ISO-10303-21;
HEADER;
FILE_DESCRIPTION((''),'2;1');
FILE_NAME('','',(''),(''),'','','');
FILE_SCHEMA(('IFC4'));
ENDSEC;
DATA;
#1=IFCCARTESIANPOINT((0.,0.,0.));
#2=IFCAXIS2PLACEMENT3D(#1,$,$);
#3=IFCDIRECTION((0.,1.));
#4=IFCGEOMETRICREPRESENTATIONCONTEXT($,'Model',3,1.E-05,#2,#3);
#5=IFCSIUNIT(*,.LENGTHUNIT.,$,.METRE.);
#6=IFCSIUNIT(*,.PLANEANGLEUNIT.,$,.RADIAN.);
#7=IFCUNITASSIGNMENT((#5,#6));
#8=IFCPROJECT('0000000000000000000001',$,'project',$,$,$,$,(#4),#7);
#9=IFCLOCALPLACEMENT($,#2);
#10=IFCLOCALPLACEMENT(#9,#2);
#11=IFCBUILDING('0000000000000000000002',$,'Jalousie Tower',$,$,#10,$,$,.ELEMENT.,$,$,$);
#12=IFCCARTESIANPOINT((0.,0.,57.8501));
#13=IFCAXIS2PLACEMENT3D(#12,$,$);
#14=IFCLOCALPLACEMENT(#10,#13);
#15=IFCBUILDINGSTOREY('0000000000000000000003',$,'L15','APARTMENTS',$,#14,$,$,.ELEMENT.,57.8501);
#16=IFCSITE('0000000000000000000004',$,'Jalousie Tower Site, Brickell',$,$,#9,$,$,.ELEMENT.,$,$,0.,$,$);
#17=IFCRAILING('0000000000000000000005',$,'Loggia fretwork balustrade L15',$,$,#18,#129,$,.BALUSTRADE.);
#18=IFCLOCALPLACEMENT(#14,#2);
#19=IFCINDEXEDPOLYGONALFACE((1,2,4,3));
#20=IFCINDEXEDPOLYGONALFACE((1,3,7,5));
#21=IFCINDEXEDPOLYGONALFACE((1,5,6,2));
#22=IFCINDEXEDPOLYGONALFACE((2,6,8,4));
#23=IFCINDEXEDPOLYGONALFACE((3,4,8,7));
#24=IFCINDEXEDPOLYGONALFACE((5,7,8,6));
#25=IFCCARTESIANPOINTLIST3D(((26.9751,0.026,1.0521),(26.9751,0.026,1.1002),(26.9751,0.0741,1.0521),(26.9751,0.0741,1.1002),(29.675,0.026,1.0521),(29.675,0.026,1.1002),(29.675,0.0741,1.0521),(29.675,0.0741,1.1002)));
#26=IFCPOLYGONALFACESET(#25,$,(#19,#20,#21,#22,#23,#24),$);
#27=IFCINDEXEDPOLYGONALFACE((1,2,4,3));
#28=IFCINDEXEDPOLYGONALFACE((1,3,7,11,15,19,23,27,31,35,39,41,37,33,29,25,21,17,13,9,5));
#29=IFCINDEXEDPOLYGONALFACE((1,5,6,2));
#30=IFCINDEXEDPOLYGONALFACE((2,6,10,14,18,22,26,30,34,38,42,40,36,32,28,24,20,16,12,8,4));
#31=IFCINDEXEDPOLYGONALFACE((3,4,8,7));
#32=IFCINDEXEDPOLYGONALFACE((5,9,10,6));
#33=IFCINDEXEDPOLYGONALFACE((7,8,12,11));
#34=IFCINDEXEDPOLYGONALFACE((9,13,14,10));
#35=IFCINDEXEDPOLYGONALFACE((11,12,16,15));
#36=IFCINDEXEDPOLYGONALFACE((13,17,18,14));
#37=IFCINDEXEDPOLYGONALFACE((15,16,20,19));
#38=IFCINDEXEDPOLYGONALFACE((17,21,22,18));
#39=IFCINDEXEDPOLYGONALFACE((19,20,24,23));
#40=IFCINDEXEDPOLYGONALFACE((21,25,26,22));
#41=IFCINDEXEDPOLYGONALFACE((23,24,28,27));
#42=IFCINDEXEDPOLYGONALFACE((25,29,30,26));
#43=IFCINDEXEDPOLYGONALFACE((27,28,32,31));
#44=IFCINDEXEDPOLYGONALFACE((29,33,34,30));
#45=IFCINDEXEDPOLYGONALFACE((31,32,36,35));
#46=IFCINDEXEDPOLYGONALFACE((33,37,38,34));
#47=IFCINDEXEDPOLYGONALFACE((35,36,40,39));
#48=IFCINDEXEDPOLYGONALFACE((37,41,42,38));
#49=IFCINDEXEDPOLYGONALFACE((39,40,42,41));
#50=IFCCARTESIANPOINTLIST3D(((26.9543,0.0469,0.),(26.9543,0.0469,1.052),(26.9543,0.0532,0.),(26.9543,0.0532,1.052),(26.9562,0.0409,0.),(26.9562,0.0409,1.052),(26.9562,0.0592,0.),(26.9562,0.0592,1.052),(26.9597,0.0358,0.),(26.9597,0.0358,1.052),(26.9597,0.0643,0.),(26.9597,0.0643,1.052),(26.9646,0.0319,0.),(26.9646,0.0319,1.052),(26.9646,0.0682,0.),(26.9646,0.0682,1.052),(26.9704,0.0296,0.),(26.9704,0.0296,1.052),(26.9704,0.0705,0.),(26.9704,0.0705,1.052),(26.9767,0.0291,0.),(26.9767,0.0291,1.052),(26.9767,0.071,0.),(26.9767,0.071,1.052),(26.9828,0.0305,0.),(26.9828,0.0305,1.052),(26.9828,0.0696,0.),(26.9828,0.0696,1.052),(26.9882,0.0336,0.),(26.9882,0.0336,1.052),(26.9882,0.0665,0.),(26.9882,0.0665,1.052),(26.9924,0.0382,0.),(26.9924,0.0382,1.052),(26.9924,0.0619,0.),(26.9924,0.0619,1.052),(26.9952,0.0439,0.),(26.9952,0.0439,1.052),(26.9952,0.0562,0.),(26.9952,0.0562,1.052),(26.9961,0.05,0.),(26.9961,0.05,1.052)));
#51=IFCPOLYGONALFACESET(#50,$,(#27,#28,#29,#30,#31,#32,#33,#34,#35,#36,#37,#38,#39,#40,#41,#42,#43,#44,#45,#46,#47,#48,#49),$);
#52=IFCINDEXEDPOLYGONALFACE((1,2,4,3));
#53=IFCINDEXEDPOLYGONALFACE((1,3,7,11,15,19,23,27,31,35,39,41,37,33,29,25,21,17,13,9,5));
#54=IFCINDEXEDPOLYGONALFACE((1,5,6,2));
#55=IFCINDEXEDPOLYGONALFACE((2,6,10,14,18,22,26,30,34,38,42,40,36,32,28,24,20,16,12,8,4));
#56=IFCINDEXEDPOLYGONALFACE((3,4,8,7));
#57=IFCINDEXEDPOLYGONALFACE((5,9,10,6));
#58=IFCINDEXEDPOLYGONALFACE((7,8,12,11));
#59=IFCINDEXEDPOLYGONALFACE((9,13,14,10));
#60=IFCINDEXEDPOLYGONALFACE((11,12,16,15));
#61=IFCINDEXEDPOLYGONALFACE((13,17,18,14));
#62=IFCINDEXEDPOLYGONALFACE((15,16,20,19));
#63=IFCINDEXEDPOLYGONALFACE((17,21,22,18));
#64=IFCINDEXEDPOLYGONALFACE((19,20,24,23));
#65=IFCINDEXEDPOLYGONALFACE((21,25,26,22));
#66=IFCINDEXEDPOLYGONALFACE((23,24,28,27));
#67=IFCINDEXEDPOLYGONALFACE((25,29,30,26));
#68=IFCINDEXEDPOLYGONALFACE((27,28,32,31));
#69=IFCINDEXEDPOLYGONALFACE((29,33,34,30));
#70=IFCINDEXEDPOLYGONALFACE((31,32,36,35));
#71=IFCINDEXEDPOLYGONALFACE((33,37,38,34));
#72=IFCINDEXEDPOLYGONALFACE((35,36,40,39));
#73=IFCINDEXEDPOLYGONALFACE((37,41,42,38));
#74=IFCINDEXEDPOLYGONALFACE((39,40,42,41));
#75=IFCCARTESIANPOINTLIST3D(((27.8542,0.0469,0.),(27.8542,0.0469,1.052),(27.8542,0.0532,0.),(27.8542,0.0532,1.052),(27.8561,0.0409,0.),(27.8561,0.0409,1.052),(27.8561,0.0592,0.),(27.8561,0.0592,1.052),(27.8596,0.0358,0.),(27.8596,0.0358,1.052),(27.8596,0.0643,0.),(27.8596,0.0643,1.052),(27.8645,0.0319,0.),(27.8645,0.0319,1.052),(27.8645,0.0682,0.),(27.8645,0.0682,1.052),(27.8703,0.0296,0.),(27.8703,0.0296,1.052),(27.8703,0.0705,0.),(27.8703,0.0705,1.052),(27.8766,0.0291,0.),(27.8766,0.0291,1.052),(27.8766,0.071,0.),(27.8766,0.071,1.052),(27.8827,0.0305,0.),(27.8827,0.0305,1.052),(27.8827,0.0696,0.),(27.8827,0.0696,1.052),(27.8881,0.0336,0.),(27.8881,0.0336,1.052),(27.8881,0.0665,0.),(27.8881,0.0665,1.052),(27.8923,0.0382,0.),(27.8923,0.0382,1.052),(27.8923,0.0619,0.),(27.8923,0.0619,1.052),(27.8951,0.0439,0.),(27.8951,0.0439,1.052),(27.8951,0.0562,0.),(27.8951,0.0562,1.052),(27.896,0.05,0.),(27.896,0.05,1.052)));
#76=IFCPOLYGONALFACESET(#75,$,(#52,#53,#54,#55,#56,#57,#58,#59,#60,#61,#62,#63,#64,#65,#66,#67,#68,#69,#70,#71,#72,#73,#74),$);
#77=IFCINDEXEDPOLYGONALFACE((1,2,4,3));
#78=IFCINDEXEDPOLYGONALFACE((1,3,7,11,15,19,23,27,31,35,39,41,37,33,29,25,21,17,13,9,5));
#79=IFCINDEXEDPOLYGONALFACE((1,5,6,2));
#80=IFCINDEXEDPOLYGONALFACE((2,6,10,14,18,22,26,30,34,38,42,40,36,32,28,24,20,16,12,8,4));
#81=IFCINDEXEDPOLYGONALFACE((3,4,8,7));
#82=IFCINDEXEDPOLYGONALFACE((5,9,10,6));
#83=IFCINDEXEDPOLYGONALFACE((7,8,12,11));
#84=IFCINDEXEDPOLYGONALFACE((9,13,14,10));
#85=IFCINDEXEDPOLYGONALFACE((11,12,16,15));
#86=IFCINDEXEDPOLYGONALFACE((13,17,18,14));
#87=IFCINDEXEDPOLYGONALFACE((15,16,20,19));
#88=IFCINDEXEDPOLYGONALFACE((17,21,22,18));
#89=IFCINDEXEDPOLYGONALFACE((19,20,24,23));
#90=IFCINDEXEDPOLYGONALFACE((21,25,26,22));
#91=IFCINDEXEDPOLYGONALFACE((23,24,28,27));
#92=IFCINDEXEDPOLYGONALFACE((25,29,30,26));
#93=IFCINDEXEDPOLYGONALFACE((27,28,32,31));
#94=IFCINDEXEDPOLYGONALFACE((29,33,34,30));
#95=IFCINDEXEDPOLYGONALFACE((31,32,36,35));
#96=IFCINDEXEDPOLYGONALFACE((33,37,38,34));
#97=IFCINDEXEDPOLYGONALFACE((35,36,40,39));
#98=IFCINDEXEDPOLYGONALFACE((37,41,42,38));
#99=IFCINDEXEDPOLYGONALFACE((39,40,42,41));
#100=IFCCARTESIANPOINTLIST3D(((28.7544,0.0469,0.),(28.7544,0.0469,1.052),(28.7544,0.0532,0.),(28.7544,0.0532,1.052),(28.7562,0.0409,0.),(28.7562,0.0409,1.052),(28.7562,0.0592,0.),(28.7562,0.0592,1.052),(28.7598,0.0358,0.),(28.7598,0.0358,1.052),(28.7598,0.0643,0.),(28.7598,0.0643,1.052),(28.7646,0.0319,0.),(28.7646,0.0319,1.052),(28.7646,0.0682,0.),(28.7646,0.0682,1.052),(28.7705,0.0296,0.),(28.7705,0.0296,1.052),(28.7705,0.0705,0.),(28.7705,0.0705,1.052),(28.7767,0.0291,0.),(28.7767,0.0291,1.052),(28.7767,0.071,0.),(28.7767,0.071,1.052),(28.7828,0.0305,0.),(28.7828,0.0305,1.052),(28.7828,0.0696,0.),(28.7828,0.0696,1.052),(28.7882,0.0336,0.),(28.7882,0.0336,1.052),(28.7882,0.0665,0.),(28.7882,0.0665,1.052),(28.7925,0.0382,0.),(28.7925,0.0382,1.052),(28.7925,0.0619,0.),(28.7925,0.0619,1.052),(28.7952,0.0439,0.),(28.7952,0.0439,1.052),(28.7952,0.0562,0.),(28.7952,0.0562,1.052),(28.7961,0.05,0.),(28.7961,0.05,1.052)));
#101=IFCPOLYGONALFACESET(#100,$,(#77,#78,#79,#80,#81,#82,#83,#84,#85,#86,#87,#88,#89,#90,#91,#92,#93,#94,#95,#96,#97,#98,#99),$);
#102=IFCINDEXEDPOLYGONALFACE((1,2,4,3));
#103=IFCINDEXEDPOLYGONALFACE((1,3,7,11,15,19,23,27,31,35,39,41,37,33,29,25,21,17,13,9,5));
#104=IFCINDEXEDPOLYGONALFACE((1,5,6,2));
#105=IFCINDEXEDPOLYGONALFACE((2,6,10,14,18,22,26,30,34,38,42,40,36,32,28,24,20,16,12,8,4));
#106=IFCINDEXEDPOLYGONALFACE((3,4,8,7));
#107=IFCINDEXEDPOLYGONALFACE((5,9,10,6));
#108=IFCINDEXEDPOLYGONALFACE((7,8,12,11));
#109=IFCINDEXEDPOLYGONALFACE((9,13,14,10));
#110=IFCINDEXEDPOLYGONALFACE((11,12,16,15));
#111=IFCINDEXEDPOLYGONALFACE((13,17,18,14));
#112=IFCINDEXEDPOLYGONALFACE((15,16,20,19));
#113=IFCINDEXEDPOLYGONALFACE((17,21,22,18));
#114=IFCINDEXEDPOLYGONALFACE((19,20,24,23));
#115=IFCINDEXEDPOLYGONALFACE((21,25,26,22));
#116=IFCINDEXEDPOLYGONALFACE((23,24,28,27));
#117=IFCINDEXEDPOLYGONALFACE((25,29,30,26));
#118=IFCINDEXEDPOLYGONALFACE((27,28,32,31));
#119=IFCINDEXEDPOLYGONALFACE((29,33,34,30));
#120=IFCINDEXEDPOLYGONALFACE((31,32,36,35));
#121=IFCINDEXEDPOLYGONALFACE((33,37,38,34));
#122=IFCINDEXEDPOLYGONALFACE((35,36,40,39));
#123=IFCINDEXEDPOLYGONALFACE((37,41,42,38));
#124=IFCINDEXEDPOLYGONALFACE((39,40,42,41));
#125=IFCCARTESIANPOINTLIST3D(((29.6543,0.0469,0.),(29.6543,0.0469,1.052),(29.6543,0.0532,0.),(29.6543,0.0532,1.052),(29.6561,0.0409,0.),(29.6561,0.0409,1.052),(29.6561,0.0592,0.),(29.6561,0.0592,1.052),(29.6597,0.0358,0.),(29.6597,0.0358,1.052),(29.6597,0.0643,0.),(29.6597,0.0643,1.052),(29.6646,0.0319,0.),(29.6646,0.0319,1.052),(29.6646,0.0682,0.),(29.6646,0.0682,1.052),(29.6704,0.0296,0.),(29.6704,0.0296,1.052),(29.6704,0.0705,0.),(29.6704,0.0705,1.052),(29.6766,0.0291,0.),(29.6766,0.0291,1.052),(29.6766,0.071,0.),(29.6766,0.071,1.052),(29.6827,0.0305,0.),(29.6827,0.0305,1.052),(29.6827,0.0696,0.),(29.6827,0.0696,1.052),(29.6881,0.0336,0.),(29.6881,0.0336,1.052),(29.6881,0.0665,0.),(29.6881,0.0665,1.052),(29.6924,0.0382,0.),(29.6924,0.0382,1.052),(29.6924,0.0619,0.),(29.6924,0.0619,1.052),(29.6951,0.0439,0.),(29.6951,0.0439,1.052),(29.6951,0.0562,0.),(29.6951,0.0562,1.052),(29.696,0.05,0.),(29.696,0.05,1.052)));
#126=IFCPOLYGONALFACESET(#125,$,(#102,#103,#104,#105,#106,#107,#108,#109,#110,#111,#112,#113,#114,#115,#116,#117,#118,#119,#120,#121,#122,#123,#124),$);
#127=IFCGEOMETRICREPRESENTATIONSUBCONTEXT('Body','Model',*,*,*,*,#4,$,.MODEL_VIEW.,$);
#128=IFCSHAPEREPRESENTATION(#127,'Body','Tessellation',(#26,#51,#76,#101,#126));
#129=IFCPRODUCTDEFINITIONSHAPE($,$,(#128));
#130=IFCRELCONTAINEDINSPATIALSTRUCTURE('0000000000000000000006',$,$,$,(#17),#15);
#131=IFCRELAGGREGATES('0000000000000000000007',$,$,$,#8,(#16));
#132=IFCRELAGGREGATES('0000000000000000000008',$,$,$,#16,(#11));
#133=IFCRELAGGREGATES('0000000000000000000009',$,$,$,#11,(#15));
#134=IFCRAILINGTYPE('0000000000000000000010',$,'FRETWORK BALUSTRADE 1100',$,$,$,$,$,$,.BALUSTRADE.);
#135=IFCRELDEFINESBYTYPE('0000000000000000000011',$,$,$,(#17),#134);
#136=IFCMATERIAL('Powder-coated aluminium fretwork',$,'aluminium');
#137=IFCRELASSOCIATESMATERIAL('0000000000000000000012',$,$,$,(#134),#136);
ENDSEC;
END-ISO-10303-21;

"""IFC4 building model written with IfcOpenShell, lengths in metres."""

from ifc_helpers import new_model, si_unit, direction, frame, origin, origin_2d, place, context, subcontext, project, spatial, rectangle, circle, extrude, material, type_object, element, save


model = new_model("IFC4")

# Units and contexts
model_context = context("Model", 3, precision=1e-05, world=origin(), true_north=direction((0.0, 1.0)))
body_context = subcontext(model_context, "Body", "Model", "MODEL_VIEW")
ifc_project = project(units=[si_unit("LENGTHUNIT", "METRE"), si_unit("PLANEANGLEUNIT", "RADIAN")], contexts=[model_context])

# Site, building, storey
site_placement = place(None, origin())
site = spatial("IfcSite", under=ifc_project, at=site_placement, Name="Jalousie Tower Site, Brickell", CompositionType="ELEMENT", RefElevation=0.0)
building_placement = place(site_placement, origin())
building = spatial("IfcBuilding", under=site, at=building_placement, Name="Jalousie Tower", CompositionType="ELEMENT")
storey_placement = place(building_placement, frame((0.0, 0.0, 57.8501)))
storey = spatial("IfcBuildingStorey", under=building, at=storey_placement, Name="L15", Description="APARTMENTS", CompositionType="ELEMENT", Elevation=57.8501)

# Railing
ifc_material_1 = material(Name="Powder-coated aluminium fretwork", Category="aluminium")
railing_type = type_object("IfcRailingType", Name="FRETWORK BALUSTRADE 1100", PredefinedType="BALUSTRADE", material=ifc_material_1)
for number, where, name in (
    (1, (26.9751, 0.05, 0.0), "Loggia fretwork balustrade L15"),
):
    element("IfcRailing", number, at=place(storey_placement, frame(where)), inside=storey, type_object=railing_type, Name=name, PredefinedType="BALUSTRADE", context=body_context, shape_type="SweptSolid", body=[
        extrude(rectangle(XDim=0.0481, YDim=0.0481, at=origin_2d()), frame((0.0, 0.0, 1.0762), z_axis=(1.0, 0.0, 0.0), x_axis=(0.0, 1.0, 0.0)), (0.0, 0.0, 1.0), 2.7),
        extrude(circle(Radius=0.021, at=origin_2d()), origin(), (0.0, 0.0, 1.0), 1.052),
        extrude(circle(Radius=0.021, at=origin_2d()), frame((0.8999, 0.0, 0.0)), (0.0, 0.0, 1.0), 1.052),
        extrude(circle(Radius=0.021, at=origin_2d()), frame((1.8, 0.0, 0.0)), (0.0, 0.0, 1.0), 1.052),
        extrude(circle(Radius=0.021, at=origin_2d()), frame((2.7, 0.0, 0.0)), (0.0, 0.0, 1.0), 1.052),
    ])

save(model, "model.ifc")
